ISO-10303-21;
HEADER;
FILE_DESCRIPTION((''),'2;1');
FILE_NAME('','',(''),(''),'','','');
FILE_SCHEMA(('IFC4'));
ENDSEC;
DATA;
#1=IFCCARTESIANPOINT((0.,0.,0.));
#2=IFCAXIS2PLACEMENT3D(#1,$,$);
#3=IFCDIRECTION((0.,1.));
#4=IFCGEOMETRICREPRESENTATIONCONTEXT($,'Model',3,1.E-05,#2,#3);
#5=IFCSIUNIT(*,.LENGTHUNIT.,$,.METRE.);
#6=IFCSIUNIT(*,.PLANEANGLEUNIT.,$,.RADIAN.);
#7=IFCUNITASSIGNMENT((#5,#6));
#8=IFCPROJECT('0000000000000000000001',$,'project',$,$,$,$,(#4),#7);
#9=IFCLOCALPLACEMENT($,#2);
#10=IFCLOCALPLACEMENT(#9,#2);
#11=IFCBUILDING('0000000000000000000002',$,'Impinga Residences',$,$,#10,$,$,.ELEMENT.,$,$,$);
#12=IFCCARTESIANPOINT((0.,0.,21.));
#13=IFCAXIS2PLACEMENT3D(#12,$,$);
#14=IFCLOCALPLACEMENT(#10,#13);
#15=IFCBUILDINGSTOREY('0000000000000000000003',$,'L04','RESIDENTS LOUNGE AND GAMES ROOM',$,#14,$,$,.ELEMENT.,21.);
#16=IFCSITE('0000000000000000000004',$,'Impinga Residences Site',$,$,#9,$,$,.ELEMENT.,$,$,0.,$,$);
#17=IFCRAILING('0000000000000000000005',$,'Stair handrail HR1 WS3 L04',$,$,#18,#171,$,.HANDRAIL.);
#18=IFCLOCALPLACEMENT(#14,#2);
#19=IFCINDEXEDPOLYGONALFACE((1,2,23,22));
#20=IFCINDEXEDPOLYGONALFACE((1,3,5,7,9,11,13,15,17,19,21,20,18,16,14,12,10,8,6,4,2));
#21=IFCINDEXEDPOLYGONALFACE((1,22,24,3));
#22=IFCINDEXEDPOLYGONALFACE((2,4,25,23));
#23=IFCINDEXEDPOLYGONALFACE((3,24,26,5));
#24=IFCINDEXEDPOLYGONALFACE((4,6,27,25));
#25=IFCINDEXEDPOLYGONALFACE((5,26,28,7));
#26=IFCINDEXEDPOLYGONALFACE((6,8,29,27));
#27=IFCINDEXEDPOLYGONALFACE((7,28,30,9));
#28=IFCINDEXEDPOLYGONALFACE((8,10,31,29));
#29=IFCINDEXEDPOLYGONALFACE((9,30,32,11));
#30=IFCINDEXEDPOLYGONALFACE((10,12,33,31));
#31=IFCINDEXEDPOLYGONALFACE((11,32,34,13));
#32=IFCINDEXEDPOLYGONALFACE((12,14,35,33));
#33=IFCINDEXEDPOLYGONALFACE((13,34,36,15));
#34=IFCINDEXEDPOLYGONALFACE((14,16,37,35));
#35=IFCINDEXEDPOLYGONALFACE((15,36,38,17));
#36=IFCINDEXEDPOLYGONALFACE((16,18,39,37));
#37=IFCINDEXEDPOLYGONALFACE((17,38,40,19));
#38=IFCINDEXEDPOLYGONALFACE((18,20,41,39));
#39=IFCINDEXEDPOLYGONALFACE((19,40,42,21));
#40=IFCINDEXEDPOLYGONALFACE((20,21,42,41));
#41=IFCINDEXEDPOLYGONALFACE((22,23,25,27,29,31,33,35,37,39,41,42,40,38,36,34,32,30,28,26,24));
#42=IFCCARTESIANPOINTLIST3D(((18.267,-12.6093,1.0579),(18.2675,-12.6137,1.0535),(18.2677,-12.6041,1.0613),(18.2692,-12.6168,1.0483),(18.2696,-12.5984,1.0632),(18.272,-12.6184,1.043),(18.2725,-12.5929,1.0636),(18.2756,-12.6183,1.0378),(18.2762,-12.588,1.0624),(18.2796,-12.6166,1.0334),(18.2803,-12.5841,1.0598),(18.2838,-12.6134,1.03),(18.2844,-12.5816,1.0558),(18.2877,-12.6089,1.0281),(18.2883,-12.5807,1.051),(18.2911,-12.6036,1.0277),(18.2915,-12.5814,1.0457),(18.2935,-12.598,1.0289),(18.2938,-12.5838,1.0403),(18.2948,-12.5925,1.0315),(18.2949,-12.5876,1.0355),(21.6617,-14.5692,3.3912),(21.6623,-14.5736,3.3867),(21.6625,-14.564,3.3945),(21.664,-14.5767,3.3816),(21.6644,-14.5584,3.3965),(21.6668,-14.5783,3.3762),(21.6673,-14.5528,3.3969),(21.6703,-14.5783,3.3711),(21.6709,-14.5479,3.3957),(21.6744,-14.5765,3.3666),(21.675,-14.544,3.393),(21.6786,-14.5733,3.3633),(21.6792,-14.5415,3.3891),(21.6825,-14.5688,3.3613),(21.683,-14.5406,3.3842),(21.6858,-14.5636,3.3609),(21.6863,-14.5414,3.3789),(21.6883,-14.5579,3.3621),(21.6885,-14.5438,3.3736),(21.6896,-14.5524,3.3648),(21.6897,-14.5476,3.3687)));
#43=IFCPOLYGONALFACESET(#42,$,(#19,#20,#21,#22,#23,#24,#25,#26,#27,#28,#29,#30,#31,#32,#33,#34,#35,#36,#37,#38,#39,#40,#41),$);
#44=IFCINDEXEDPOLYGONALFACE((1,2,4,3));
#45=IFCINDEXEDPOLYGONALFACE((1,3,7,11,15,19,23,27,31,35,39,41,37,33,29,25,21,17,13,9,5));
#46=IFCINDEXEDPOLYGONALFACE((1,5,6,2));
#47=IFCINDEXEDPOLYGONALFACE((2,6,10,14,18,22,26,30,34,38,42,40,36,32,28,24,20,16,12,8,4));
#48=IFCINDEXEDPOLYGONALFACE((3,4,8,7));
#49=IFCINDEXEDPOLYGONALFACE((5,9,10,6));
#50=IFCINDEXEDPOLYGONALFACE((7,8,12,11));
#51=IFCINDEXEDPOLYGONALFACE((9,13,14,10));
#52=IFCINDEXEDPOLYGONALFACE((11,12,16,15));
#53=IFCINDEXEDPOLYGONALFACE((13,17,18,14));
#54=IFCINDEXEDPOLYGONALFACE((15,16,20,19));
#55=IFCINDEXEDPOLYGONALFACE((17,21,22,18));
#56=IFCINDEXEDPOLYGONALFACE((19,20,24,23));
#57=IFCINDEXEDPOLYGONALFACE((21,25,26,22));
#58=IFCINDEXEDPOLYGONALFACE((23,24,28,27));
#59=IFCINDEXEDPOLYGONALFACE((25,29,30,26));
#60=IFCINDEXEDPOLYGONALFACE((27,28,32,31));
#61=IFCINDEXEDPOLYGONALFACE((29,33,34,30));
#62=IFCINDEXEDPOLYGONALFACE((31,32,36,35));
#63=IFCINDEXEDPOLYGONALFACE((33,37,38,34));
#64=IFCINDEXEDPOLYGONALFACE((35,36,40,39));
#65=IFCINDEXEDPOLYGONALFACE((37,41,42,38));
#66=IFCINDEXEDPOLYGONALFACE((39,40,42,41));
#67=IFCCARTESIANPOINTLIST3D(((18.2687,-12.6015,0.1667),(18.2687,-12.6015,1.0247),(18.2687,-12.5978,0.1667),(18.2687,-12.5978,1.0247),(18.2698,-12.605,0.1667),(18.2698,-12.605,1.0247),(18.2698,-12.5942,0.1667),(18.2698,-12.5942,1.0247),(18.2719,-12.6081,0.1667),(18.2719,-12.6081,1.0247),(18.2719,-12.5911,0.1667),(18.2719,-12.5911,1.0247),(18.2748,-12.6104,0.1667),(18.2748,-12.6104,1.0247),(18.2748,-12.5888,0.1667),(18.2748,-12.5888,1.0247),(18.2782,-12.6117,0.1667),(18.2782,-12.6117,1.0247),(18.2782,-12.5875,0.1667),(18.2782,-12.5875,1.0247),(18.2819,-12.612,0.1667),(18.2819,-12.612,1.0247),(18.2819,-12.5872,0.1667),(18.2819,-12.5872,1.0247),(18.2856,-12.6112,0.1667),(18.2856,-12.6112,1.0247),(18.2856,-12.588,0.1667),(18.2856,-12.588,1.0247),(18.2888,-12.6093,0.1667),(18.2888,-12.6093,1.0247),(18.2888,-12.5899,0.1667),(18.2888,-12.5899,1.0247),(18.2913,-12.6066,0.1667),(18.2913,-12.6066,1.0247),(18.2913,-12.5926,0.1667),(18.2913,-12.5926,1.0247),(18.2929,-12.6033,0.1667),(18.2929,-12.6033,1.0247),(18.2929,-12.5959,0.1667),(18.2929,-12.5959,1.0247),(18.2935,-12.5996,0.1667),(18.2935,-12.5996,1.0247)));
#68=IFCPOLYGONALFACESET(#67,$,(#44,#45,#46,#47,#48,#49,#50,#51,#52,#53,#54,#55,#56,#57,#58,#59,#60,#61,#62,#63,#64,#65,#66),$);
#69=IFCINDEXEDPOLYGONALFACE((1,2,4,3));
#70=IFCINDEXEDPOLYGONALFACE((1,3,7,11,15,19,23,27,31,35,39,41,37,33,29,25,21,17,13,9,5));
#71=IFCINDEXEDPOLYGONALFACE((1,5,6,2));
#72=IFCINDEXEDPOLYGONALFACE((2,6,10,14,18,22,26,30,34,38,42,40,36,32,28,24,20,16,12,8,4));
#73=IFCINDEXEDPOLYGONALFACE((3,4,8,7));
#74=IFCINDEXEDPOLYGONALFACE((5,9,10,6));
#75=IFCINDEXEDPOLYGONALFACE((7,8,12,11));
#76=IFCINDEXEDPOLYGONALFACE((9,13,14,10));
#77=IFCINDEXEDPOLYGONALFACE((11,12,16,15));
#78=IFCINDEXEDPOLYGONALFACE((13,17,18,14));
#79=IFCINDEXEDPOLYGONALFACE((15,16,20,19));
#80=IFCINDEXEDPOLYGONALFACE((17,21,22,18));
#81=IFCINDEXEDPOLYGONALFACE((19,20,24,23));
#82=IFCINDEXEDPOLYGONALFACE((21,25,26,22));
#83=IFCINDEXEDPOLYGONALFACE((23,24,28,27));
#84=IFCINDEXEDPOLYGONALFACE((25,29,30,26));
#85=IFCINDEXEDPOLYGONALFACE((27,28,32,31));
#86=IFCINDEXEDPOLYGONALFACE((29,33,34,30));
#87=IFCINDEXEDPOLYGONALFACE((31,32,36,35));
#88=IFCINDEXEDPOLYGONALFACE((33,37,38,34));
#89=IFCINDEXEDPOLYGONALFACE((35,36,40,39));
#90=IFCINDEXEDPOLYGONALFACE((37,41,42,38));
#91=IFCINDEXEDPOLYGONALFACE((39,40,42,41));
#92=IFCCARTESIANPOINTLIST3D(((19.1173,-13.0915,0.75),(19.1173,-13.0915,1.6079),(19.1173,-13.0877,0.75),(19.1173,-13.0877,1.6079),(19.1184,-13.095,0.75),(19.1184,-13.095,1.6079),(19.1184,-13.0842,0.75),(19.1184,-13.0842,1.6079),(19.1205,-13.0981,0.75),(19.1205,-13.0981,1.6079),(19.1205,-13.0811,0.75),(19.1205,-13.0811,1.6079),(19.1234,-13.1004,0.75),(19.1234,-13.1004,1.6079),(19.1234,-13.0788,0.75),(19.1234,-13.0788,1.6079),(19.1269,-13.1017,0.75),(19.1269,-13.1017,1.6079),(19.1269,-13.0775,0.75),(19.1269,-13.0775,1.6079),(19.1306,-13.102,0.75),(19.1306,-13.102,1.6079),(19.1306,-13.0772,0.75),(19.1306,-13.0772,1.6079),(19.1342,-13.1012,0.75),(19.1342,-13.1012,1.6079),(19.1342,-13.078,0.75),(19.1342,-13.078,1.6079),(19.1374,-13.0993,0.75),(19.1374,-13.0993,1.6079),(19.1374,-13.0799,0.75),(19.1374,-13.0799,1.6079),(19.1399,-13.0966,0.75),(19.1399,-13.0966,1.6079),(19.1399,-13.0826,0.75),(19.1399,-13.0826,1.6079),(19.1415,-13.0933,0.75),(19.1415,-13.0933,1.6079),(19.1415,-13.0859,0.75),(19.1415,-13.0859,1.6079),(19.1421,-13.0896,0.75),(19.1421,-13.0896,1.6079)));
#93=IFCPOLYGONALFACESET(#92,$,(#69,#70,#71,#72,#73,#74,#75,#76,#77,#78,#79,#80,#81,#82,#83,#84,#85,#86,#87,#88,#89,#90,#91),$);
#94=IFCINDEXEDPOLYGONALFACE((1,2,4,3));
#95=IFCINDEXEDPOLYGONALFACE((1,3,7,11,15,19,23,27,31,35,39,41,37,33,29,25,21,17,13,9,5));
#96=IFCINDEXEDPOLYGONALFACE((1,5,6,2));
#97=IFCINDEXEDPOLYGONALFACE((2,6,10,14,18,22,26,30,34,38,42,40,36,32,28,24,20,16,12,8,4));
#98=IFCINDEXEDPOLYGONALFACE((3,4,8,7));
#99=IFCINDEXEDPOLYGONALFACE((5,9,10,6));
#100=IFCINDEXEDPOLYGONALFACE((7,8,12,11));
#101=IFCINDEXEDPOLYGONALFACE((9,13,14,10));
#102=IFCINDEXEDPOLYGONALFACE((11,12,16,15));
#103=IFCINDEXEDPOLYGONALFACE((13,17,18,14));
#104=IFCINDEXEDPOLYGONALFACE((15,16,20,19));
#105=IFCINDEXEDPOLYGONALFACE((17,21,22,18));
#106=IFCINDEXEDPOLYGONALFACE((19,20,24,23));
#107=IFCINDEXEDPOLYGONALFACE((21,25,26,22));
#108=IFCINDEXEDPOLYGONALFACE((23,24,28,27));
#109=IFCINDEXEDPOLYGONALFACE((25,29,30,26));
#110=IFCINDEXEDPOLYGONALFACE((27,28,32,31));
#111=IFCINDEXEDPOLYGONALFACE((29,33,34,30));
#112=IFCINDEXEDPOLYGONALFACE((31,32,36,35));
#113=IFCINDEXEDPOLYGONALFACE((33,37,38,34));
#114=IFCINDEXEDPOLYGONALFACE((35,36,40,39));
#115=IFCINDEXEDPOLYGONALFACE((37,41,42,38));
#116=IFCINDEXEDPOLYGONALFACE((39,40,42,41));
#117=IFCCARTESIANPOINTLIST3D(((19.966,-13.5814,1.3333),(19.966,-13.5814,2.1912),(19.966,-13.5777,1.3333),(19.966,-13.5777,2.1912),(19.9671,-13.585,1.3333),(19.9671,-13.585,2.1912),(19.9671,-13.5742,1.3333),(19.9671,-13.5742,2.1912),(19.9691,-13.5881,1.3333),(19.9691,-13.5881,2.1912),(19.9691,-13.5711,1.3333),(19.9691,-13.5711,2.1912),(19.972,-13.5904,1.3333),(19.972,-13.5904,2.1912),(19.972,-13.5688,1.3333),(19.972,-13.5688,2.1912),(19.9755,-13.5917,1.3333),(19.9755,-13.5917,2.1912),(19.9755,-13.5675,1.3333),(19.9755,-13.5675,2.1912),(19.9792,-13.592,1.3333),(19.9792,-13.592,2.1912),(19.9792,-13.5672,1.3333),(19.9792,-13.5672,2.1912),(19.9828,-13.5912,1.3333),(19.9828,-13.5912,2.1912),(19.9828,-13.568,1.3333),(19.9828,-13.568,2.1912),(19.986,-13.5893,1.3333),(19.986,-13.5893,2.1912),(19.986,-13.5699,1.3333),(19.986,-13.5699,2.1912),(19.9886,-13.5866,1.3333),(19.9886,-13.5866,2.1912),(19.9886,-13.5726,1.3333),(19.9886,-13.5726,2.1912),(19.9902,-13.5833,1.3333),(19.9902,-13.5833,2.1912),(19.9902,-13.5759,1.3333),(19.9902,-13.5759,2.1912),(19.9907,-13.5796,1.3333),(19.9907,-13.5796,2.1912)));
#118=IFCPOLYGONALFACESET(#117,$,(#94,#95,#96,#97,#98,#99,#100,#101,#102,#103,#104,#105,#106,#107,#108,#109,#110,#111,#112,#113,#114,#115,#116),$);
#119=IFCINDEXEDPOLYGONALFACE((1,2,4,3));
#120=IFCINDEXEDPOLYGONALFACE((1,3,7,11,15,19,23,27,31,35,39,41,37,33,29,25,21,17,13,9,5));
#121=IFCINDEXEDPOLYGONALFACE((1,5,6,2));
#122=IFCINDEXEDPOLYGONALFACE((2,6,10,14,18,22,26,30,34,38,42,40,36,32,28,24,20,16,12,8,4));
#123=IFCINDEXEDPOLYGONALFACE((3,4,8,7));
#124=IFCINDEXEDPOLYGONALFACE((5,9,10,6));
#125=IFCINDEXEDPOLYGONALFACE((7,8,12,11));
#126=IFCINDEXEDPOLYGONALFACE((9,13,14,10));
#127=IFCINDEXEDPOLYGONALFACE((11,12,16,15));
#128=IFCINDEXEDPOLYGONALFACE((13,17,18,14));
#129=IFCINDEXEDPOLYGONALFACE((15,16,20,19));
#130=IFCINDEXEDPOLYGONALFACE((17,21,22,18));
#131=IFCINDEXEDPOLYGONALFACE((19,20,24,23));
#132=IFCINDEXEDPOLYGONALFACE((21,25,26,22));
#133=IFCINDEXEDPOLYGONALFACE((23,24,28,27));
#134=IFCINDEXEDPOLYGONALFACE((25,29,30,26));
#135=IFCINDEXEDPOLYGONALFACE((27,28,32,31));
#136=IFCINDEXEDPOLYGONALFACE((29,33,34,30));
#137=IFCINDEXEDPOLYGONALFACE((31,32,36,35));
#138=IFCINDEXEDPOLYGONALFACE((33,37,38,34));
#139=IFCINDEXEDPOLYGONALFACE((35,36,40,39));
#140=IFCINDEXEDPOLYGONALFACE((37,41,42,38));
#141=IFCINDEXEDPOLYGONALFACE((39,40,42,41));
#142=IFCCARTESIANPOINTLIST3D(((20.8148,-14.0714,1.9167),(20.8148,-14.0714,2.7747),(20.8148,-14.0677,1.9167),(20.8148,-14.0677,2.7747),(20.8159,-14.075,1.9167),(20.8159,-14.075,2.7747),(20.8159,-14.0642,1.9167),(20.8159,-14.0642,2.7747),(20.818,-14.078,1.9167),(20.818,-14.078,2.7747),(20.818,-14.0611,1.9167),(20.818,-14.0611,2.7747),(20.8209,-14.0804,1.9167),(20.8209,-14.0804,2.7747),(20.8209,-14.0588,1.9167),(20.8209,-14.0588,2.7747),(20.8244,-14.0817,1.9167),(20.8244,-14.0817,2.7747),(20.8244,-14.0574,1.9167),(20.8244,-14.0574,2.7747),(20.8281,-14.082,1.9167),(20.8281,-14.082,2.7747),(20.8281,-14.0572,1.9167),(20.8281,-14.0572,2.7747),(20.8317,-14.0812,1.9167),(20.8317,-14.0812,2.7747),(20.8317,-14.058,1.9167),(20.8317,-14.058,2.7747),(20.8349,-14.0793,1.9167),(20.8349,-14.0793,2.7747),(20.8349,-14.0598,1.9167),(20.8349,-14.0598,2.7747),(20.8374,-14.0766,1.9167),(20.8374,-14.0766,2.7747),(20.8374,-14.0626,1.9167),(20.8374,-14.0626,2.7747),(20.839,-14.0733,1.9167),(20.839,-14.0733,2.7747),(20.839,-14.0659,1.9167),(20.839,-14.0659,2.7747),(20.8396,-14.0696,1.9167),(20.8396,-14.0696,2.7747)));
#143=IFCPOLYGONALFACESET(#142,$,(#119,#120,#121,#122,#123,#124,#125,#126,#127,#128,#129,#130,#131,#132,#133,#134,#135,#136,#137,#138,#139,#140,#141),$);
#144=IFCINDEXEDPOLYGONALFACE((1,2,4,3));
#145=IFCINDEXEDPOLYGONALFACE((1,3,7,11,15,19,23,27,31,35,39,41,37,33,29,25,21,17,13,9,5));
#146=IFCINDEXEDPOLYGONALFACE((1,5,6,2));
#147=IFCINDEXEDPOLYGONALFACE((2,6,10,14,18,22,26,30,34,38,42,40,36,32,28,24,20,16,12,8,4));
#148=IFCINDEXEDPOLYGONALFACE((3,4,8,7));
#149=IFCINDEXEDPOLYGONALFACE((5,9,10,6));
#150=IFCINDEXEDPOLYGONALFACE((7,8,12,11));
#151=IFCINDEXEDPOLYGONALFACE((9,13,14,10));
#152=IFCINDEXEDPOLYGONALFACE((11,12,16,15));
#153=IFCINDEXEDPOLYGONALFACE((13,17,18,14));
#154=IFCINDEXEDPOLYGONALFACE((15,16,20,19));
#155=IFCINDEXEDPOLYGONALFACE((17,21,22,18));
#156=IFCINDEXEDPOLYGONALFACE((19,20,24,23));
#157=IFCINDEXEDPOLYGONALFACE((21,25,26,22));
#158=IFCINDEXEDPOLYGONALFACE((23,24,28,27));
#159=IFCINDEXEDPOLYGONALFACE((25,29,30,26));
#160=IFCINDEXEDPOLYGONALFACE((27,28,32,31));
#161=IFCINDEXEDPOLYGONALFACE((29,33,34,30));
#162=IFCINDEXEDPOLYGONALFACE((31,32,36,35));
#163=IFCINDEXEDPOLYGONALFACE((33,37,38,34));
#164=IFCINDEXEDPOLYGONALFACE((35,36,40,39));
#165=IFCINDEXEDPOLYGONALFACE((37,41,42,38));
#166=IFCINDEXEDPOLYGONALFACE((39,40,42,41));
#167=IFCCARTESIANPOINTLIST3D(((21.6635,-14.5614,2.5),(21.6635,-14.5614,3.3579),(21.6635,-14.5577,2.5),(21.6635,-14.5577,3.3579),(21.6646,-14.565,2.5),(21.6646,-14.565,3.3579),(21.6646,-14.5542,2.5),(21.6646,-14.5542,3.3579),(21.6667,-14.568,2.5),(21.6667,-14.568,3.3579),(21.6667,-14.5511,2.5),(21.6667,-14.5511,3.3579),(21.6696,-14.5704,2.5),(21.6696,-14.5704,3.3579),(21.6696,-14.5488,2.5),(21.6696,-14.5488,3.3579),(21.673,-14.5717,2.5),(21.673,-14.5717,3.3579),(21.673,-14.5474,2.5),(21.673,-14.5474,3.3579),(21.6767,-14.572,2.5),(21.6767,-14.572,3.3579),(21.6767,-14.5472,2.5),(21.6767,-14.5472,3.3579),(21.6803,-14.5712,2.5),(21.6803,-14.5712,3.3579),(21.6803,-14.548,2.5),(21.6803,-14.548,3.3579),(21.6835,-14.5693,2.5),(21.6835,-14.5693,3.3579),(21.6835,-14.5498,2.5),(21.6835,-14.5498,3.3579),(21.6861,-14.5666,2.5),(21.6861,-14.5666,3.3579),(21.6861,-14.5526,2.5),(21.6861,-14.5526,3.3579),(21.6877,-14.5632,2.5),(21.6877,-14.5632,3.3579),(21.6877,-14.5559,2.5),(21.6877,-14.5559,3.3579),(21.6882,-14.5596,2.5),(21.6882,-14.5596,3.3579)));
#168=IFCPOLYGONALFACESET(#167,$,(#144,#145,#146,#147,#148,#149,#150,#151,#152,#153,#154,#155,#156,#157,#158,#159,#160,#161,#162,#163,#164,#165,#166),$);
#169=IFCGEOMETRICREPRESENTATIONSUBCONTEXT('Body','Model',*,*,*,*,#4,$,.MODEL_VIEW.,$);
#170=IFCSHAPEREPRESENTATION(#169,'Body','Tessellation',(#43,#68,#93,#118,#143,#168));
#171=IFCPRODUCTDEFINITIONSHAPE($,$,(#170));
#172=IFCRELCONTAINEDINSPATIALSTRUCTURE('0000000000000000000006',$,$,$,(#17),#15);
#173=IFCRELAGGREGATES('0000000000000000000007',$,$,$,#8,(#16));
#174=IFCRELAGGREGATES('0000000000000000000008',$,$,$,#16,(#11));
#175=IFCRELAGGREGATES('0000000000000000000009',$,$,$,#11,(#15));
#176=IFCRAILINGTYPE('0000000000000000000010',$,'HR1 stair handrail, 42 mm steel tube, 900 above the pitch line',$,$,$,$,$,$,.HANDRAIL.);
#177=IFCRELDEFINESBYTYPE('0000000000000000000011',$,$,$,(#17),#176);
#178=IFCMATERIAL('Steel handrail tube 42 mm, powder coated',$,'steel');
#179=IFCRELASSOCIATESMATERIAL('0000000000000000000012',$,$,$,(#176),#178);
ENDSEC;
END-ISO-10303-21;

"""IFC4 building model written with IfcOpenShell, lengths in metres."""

from ifc_helpers import new_model, si_unit, direction, frame, origin, origin_2d, place, context, subcontext, project, spatial, circle, extrude, material, type_object, element, save


model = new_model("IFC4")

# Units and contexts
model_context = context("Model", 3, precision=1e-05, world=origin(), true_north=direction((0.0, 1.0)))
body_context = subcontext(model_context, "Body", "Model", "MODEL_VIEW")
ifc_project = project(units=[si_unit("LENGTHUNIT", "METRE"), si_unit("PLANEANGLEUNIT", "RADIAN")], contexts=[model_context])

# Site, building, storey
site_placement = place(None, origin())
site = spatial("IfcSite", under=ifc_project, at=site_placement, Name="Impinga Residences Site", CompositionType="ELEMENT", RefElevation=0.0)
building_placement = place(site_placement, origin())
building = spatial("IfcBuilding", under=site, at=building_placement, Name="Impinga Residences", CompositionType="ELEMENT")
storey_placement = place(building_placement, frame((0.0, 0.0, 21.0)))
storey = spatial("IfcBuildingStorey", under=building, at=storey_placement, Name="L04", Description="RESIDENTS LOUNGE AND GAMES ROOM", CompositionType="ELEMENT", Elevation=21.0)

# Railing
ifc_material_1 = material(Name="Steel handrail tube 42 mm, powder coated", Category="steel")
railing_type_1 = type_object("IfcRailingType", Name="HR1 stair handrail, 42 mm steel tube, 900 above the pitch line", PredefinedType="HANDRAIL", material=ifc_material_1)
railing_1_placement = place(storey_placement, frame((18.281, -12.5996, 0.1667)))
element("IfcRailing", 1, at=railing_1_placement, inside=storey, type_object=railing_type_1, Name="Stair handrail HR1 WS3 L04", PredefinedType="HANDRAIL", context=body_context, shape_type="SweptSolid", body=[
    extrude(circle(Radius=0.021, at=origin_2d()), frame((0.0, 0.0, 0.8789), z_axis=(0.744175, -0.429646, 0.511476), x_axis=(0.499997, 0.866027, 0.0)), (0.0, 0.0, 1.0), 4.5618),
    extrude(circle(Radius=0.0125, at=origin_2d()), origin(), (0.0, 0.0, 1.0), 0.8579),
    extrude(circle(Radius=0.0125, at=origin_2d()), frame((0.8486, -0.49, 0.5833)), (0.0, 0.0, 1.0), 0.8579),
    extrude(circle(Radius=0.0125, at=origin_2d()), frame((1.6973, -0.98, 1.1665)), (0.0, 0.0, 1.0), 0.8579),
    extrude(circle(Radius=0.0125, at=origin_2d()), frame((2.5461, -1.47, 1.75)), (0.0, 0.0, 1.0), 0.8579),
    extrude(circle(Radius=0.0125, at=origin_2d()), frame((3.3948, -1.96, 2.3333)), (0.0, 0.0, 1.0), 0.8579),
])

save(model, "model.ifc")
